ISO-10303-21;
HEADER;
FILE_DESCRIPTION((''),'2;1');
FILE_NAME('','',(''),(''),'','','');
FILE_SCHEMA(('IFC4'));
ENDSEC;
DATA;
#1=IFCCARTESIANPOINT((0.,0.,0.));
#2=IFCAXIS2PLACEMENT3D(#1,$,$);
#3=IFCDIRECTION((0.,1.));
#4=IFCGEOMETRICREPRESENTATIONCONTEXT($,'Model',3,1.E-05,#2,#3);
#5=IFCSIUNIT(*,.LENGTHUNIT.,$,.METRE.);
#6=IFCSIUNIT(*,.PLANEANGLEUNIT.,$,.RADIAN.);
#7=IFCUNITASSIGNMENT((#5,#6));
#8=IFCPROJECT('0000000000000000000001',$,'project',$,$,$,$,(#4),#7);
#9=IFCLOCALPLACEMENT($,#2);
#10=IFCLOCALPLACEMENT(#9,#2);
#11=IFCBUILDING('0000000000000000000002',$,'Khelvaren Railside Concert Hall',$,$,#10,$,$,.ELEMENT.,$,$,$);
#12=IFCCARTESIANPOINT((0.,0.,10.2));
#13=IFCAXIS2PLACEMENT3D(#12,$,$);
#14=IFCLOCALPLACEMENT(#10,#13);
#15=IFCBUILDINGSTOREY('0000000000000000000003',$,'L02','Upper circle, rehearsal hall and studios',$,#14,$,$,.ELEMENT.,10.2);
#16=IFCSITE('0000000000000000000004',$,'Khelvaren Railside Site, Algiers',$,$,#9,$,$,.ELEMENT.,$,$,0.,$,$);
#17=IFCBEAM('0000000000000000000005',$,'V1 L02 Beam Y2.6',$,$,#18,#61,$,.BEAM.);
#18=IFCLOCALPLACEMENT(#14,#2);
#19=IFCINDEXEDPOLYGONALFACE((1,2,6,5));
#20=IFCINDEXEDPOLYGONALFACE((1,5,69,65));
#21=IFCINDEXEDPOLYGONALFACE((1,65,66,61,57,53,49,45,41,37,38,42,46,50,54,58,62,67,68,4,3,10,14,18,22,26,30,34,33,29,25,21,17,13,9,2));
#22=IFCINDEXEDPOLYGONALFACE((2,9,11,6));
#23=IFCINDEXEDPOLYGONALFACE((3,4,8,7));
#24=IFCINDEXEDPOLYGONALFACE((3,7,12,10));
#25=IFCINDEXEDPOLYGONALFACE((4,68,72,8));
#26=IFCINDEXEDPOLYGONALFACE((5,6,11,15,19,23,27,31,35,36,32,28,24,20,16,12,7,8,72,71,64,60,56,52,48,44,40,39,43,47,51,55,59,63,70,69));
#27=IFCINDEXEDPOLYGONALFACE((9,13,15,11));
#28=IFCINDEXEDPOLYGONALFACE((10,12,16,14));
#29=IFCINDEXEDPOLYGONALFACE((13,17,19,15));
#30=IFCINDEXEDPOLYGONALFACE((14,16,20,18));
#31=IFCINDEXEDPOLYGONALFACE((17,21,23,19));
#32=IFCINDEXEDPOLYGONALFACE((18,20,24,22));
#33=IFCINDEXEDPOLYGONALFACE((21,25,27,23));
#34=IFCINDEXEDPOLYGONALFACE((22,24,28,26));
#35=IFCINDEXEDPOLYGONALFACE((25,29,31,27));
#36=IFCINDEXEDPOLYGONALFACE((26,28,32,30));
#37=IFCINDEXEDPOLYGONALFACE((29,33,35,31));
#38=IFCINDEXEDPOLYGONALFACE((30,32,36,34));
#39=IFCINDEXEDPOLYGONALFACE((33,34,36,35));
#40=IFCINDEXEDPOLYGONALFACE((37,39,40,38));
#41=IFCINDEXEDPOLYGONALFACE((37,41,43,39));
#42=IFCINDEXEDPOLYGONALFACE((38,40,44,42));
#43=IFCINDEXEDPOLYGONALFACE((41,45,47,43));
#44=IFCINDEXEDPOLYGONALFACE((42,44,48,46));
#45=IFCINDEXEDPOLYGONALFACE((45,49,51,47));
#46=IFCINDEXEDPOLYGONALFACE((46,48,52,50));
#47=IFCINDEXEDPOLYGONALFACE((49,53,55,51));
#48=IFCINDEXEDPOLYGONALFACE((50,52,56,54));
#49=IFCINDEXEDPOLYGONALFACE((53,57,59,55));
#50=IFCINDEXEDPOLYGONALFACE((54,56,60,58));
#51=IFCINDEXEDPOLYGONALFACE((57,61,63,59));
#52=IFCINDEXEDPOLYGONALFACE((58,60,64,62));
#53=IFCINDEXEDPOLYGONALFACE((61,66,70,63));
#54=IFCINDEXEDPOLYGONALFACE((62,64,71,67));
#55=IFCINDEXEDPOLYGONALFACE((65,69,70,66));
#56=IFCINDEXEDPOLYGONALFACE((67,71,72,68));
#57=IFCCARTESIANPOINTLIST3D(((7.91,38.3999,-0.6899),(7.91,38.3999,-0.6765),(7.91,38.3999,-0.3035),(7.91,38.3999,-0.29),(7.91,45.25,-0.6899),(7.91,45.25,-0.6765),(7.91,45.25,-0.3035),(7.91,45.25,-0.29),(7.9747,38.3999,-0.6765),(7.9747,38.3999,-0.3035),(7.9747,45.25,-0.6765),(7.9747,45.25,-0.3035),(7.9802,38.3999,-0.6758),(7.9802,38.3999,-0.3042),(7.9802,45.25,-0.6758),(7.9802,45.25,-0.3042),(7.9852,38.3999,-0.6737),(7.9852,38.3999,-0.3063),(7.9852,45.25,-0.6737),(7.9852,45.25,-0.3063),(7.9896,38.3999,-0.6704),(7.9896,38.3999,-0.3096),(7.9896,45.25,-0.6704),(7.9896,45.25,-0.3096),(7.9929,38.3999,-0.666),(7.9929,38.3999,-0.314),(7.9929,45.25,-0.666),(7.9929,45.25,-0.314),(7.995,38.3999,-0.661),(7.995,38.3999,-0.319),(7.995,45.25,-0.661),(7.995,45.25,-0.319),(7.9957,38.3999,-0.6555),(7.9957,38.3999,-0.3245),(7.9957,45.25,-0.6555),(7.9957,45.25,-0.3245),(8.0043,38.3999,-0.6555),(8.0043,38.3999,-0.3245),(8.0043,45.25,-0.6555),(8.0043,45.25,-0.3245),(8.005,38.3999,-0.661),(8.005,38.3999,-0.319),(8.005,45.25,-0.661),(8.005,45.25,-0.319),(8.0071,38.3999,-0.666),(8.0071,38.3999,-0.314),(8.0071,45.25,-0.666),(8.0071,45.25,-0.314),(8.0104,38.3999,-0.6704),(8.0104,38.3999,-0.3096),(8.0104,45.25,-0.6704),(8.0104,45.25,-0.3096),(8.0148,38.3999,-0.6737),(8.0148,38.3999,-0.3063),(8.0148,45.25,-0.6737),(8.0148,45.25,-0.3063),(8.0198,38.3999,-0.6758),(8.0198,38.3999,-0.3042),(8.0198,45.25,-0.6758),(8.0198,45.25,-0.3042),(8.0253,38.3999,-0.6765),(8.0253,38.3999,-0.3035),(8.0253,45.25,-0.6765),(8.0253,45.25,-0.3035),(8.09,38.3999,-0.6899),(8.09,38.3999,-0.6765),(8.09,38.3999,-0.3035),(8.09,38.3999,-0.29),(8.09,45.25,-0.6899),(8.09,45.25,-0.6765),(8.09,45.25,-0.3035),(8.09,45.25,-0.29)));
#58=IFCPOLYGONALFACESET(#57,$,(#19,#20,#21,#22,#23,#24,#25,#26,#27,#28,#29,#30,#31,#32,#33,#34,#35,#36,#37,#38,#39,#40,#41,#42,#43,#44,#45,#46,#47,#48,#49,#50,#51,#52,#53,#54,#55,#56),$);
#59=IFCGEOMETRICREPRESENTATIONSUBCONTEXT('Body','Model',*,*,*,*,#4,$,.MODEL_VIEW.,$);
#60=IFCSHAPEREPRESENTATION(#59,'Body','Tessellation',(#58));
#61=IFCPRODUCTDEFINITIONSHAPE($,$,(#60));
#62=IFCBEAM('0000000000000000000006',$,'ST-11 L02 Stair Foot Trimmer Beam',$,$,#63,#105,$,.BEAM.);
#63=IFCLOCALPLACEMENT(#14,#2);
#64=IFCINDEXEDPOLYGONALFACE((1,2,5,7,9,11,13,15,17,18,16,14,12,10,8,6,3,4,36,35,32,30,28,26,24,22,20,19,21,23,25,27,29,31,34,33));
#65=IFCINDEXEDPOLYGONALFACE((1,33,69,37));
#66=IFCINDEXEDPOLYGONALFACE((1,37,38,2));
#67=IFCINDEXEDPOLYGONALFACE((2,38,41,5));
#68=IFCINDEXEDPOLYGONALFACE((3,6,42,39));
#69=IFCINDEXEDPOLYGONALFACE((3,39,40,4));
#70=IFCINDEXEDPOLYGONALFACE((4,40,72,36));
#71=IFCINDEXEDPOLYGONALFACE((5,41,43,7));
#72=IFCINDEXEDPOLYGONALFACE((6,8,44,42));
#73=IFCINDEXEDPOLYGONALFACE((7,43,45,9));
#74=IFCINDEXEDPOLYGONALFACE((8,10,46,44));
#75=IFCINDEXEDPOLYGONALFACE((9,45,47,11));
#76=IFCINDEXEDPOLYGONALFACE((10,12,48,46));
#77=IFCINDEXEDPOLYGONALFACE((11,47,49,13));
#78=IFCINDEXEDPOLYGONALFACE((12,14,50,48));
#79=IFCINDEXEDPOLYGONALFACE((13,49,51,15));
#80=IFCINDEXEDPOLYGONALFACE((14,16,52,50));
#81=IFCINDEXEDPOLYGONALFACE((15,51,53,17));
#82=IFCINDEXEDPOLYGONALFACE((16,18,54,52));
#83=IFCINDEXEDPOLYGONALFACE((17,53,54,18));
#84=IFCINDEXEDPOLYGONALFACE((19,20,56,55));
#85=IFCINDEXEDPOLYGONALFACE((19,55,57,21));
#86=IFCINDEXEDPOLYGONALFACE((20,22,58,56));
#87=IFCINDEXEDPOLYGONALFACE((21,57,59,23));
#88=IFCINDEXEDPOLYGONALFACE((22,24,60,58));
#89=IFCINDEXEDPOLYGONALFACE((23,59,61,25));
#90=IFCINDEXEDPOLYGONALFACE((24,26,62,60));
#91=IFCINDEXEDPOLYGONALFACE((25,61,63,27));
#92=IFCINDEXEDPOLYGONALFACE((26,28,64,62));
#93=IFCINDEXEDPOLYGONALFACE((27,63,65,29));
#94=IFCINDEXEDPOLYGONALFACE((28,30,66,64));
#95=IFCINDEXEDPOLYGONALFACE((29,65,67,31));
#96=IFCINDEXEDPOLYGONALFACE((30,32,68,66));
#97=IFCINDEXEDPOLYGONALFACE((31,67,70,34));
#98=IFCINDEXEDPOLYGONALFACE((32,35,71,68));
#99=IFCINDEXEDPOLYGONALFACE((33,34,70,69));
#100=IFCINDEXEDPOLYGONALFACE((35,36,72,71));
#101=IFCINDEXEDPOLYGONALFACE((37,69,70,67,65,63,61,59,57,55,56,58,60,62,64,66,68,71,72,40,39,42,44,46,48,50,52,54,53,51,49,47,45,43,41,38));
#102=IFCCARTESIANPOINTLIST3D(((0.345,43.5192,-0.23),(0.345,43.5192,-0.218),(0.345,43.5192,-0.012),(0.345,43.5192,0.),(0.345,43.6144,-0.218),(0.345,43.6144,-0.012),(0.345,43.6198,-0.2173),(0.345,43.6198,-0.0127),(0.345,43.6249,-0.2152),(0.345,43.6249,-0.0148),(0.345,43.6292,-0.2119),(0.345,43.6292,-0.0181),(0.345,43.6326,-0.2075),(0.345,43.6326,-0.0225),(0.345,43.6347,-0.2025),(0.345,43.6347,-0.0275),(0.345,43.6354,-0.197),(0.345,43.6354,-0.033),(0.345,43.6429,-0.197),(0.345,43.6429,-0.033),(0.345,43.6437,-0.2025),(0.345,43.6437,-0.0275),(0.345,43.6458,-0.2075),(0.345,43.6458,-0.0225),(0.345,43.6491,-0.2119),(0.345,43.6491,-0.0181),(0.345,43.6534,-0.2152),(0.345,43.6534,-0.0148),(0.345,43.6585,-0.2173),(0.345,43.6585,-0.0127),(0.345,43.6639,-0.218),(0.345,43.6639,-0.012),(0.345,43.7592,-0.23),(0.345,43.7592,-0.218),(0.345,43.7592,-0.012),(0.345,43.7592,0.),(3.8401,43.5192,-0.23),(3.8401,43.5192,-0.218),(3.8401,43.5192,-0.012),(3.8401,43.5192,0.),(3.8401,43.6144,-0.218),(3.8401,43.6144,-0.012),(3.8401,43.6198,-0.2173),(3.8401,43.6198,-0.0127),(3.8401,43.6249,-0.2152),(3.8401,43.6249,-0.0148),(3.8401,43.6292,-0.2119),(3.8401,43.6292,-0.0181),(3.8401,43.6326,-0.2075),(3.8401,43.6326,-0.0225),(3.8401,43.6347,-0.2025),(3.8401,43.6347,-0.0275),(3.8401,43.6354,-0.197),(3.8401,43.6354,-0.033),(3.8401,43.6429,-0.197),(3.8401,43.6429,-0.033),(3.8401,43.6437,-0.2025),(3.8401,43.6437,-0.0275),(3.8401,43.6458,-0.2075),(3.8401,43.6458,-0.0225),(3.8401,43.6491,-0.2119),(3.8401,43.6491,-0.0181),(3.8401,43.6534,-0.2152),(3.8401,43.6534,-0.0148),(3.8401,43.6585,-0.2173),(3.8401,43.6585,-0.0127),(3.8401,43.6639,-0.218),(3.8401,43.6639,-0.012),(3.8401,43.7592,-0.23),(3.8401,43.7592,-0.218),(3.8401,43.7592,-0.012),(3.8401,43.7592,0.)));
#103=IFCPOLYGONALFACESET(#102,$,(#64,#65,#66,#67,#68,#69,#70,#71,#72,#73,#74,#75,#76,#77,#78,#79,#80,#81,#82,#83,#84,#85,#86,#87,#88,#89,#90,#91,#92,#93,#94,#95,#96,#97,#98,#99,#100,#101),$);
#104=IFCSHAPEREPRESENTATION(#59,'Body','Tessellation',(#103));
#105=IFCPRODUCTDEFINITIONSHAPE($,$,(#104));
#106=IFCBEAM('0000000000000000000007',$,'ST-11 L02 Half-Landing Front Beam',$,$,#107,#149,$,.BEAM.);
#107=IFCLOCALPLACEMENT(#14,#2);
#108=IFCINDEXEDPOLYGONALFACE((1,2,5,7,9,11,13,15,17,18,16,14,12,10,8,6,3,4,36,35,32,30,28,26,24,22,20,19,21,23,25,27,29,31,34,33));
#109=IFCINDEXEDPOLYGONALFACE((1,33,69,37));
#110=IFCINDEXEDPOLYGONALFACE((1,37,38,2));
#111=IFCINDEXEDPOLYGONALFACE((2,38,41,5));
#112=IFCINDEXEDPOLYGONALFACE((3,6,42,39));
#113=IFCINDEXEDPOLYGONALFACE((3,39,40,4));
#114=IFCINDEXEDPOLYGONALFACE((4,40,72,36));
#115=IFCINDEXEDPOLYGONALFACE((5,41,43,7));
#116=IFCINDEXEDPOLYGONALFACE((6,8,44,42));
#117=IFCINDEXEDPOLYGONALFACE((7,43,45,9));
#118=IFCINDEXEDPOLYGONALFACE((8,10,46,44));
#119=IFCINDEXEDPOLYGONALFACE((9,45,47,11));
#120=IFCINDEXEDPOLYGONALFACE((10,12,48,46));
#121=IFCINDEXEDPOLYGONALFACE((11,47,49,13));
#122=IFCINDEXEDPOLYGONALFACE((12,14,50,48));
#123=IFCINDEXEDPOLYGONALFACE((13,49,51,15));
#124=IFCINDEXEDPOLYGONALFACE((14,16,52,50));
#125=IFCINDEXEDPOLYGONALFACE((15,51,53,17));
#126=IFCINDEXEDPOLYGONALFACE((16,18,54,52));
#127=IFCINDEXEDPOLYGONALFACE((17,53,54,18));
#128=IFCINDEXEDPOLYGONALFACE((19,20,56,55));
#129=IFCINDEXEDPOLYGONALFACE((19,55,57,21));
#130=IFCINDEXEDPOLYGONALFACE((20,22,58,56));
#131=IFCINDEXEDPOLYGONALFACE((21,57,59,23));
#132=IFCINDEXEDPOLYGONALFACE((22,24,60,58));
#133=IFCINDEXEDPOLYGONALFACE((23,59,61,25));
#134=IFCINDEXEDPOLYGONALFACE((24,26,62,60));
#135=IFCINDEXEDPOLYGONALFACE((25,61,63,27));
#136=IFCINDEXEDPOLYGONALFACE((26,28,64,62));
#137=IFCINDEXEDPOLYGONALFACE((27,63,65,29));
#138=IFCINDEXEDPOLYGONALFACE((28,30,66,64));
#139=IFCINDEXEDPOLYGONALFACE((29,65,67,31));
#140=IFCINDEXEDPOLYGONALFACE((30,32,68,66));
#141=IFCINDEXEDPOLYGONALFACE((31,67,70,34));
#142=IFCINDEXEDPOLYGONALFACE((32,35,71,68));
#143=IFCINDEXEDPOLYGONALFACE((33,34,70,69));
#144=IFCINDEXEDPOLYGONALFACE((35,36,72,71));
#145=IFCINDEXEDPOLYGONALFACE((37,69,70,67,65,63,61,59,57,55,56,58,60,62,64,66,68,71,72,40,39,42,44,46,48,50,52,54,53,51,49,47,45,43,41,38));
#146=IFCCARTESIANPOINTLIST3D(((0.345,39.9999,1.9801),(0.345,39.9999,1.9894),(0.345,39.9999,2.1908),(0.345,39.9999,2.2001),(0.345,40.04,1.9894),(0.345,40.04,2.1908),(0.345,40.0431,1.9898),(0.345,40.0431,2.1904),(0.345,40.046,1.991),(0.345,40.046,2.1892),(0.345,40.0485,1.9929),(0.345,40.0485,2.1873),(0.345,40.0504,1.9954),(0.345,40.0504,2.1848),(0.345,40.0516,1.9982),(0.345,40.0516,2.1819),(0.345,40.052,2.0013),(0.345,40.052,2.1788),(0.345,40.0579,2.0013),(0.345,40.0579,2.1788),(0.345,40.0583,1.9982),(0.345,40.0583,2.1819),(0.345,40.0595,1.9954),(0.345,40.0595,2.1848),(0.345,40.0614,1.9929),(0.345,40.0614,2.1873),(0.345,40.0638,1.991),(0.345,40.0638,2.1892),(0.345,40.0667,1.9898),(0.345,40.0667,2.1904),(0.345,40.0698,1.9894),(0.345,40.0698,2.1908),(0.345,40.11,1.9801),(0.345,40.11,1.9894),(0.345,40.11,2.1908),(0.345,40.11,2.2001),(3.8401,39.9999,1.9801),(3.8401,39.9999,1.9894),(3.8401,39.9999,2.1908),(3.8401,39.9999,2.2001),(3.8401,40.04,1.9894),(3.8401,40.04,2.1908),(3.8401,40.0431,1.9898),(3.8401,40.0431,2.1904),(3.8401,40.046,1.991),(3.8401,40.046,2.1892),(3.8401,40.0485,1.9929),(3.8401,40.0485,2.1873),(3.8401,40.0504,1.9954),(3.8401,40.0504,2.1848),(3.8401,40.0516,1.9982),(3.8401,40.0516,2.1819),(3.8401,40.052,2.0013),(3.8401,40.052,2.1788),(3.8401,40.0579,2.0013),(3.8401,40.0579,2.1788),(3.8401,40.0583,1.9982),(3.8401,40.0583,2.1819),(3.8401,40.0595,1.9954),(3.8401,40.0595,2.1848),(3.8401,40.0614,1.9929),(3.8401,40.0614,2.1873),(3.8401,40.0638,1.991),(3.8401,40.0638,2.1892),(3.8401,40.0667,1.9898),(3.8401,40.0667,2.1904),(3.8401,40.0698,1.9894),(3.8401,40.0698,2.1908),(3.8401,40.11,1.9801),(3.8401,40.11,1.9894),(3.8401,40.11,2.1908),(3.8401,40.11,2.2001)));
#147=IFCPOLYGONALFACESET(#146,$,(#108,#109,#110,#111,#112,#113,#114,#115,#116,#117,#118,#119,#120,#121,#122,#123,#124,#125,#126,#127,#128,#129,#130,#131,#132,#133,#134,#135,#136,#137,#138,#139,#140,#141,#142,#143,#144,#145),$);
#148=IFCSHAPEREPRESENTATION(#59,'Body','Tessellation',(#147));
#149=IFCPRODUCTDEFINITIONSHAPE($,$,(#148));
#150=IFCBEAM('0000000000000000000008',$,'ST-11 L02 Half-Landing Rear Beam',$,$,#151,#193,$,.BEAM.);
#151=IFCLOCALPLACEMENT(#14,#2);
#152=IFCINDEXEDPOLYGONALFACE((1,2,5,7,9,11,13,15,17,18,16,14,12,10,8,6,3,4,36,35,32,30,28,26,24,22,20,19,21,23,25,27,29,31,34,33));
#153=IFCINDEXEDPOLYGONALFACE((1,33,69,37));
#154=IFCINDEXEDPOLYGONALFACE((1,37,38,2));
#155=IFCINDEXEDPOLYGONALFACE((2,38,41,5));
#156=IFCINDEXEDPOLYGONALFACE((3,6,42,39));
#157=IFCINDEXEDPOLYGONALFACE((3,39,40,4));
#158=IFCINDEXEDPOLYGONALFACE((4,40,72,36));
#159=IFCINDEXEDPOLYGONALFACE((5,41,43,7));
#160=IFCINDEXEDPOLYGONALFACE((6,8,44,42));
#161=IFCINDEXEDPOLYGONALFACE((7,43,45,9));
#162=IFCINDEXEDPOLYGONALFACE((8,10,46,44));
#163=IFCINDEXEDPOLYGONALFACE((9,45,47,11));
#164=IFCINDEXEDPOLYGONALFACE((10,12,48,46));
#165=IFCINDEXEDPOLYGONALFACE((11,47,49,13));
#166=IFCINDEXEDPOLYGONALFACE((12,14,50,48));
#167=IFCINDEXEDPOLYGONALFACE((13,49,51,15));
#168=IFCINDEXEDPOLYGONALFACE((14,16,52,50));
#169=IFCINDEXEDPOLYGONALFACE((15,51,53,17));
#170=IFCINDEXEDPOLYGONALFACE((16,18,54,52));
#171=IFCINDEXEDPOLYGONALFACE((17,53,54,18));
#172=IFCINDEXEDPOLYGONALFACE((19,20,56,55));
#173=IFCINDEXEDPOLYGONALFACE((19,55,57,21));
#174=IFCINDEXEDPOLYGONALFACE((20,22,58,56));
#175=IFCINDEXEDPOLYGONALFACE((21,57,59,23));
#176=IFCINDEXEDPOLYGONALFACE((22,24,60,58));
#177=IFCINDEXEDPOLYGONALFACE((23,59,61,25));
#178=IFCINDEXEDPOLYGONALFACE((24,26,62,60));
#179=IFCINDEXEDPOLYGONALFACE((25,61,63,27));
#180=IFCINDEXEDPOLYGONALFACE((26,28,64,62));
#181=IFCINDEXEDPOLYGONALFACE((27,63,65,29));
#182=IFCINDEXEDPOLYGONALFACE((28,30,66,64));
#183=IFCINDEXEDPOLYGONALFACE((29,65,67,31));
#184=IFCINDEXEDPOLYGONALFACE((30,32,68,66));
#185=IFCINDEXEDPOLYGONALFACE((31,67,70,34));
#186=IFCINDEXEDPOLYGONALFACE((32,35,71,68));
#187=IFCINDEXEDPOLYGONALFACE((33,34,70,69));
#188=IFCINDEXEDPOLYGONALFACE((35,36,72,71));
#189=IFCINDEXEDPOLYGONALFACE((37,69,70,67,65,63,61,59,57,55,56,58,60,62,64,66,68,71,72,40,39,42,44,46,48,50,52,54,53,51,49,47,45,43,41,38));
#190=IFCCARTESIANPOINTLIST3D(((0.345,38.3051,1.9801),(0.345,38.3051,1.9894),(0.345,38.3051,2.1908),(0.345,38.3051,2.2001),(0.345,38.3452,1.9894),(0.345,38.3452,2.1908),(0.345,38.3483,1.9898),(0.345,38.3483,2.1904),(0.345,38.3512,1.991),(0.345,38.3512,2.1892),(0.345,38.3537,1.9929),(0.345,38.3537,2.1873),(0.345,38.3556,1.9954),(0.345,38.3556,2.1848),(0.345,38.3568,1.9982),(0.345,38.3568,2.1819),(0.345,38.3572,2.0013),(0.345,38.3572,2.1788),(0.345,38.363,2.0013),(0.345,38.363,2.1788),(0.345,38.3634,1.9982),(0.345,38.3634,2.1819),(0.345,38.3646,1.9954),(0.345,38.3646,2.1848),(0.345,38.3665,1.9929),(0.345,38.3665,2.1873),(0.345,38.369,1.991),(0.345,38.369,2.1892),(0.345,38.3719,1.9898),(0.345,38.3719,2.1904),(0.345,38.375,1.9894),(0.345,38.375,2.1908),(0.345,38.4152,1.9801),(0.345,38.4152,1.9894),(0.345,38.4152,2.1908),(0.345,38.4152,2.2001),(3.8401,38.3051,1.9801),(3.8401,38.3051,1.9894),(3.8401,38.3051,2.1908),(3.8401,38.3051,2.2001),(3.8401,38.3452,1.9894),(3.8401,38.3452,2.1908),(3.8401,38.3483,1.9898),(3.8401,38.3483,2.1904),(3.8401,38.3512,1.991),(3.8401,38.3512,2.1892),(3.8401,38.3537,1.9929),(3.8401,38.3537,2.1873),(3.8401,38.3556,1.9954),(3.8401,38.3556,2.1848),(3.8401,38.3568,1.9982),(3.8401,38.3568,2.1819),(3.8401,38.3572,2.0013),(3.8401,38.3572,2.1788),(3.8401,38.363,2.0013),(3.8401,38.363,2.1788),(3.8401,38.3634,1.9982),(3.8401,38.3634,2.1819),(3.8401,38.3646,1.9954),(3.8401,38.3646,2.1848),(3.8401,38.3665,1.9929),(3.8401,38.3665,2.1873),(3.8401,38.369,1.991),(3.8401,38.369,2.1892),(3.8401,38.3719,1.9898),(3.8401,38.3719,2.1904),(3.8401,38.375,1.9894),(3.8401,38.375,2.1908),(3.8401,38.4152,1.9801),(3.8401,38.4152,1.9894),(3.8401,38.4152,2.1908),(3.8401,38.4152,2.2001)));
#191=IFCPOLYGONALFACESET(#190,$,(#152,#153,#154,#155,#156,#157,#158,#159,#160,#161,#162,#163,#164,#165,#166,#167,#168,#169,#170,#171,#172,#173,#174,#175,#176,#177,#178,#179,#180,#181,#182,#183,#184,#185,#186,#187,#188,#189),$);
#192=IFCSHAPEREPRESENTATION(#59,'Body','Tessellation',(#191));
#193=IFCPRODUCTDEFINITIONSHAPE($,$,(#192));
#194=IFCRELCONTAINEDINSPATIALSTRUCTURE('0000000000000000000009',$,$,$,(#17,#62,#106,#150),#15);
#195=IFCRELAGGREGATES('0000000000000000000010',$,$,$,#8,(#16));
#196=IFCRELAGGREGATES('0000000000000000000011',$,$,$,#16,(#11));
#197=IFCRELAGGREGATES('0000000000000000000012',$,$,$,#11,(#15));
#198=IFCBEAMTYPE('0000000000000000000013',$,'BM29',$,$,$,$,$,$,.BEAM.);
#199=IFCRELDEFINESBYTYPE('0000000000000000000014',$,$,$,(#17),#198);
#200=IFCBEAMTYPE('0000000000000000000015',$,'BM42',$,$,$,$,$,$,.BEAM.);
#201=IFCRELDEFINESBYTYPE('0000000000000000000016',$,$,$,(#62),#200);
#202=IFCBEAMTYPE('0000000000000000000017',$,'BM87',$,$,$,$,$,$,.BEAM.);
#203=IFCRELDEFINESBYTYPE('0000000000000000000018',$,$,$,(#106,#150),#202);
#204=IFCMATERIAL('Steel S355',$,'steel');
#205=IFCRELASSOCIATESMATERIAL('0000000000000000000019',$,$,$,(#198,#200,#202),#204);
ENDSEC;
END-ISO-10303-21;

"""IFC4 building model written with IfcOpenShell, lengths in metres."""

from ifc_helpers import new_model, si_unit, direction, frame, origin, origin_2d, place, context, subcontext, project, spatial, i_section, extrude, material, material_profile, profile_set, type_object, element, save


model = new_model("IFC4")

# Units and contexts
model_context = context("Model", 3, precision=1e-05, world=origin(), true_north=direction((0.0, 1.0)))
body_context = subcontext(model_context, "Body", "Model", "MODEL_VIEW")
ifc_project = project(units=[si_unit("LENGTHUNIT", "METRE"), si_unit("PLANEANGLEUNIT", "RADIAN")], contexts=[model_context])

# Site, building, storey
site_placement = place(None, origin())
site = spatial("IfcSite", under=ifc_project, at=site_placement, Name="Khelvaren Railside Site, Algiers", CompositionType="ELEMENT", RefElevation=0.0)
building_placement = place(site_placement, origin())
building = spatial("IfcBuilding", under=site, at=building_placement, Name="Khelvaren Railside Concert Hall", CompositionType="ELEMENT")
storey_placement = place(building_placement, frame((0.0, 0.0, 10.2)))
storey = spatial("IfcBuildingStorey", under=building, at=storey_placement, Name="L02", Description="Upper circle, rehearsal hall and studios", CompositionType="ELEMENT", Elevation=10.2)

# Beams
ifc_material_1 = material(Name="Steel S355", Category="steel")
ifc_material_profile_1 = material_profile(ifc_material_1, i_section(OverallWidth=0.1799, OverallDepth=0.3999, WebThickness=0.0085, FlangeThickness=0.0134, FilletRadius=0.021, at=origin_2d()), Name="IPE 400")
ifc_profile_set_1 = profile_set([ifc_material_profile_1], Name="Steel S355")
beam_type_1 = type_object("IfcBeamType", Name="BM29", PredefinedType="BEAM", material=ifc_profile_set_1)
beam_1_placement = place(storey_placement, frame((8.0, 38.3999, -0.49), z_axis=(0.0, 1.0, 0.0), x_axis=(-1.0, 0.0, 0.0)))
element("IfcBeam", 1, at=beam_1_placement, inside=storey, type_object=beam_type_1, Name="V1 L02 Beam Y2.6", PredefinedType="BEAM", context=body_context, shape_type="SweptSolid", body=[
    extrude(i_section(OverallWidth=0.1799, OverallDepth=0.3999, WebThickness=0.0085, FlangeThickness=0.0134, FilletRadius=0.021, at=origin_2d()), origin(), (0.0, 0.0, 1.0), 6.8501),
])
ifc_material_profile_2 = material_profile(ifc_material_1, i_section(OverallWidth=0.24, OverallDepth=0.23, WebThickness=0.0076, FlangeThickness=0.012, FilletRadius=0.021, at=origin_2d()), Name="HEA 240")
ifc_profile_set_2 = profile_set([ifc_material_profile_2], Name="Steel S355")
beam_type_2 = type_object("IfcBeamType", Name="BM42", PredefinedType="BEAM", material=ifc_profile_set_2)
beam_2_placement = place(storey_placement, frame((0.345, 43.6392, -0.115), z_axis=(1.0, 0.0, 0.0), x_axis=(0.0, 1.0, 0.0)))
element("IfcBeam", 2, at=beam_2_placement, inside=storey, type_object=beam_type_2, Name="ST-11 L02 Stair Foot Trimmer Beam", PredefinedType="BEAM", context=body_context, shape_type="SweptSolid", body=[
    extrude(i_section(OverallWidth=0.24, OverallDepth=0.23, WebThickness=0.0076, FlangeThickness=0.012, FilletRadius=0.021, at=origin_2d()), origin(), (0.0, 0.0, 1.0), 3.4951),
])
ifc_material_profile_3 = material_profile(ifc_material_1, i_section(OverallWidth=0.1101, OverallDepth=0.22, WebThickness=0.0059, FlangeThickness=0.0093, FilletRadius=0.012, at=origin_2d()), Name="IPE 220")
ifc_profile_set_3 = profile_set([ifc_material_profile_3], Name="Steel S355")
beam_type_3 = type_object("IfcBeamType", Name="BM87", PredefinedType="BEAM", material=ifc_profile_set_3)
for number, where, z_axis, x_axis, name in (
    (3, (0.345, 40.0549, 2.0901), (1.0, 0.0, 0.0), (0.0, 1.0, 0.0), "ST-11 L02 Half-Landing Front Beam"),
    (4, (0.345, 38.3601, 2.0901), (1.0, 0.0, 0.0), (0.0, 1.0, 0.0), "ST-11 L02 Half-Landing Rear Beam"),
):
    element("IfcBeam", number, at=place(storey_placement, frame(where, z_axis=z_axis, x_axis=x_axis)), inside=storey, type_object=beam_type_3, Name=name, PredefinedType="BEAM", context=body_context, shape_type="SweptSolid", body=[
        extrude(i_section(OverallWidth=0.1101, OverallDepth=0.22, WebThickness=0.0059, FlangeThickness=0.0093, FilletRadius=0.012, at=origin_2d()), origin(), (0.0, 0.0, 1.0), 3.4951),
    ])

save(model, "model.ifc")
